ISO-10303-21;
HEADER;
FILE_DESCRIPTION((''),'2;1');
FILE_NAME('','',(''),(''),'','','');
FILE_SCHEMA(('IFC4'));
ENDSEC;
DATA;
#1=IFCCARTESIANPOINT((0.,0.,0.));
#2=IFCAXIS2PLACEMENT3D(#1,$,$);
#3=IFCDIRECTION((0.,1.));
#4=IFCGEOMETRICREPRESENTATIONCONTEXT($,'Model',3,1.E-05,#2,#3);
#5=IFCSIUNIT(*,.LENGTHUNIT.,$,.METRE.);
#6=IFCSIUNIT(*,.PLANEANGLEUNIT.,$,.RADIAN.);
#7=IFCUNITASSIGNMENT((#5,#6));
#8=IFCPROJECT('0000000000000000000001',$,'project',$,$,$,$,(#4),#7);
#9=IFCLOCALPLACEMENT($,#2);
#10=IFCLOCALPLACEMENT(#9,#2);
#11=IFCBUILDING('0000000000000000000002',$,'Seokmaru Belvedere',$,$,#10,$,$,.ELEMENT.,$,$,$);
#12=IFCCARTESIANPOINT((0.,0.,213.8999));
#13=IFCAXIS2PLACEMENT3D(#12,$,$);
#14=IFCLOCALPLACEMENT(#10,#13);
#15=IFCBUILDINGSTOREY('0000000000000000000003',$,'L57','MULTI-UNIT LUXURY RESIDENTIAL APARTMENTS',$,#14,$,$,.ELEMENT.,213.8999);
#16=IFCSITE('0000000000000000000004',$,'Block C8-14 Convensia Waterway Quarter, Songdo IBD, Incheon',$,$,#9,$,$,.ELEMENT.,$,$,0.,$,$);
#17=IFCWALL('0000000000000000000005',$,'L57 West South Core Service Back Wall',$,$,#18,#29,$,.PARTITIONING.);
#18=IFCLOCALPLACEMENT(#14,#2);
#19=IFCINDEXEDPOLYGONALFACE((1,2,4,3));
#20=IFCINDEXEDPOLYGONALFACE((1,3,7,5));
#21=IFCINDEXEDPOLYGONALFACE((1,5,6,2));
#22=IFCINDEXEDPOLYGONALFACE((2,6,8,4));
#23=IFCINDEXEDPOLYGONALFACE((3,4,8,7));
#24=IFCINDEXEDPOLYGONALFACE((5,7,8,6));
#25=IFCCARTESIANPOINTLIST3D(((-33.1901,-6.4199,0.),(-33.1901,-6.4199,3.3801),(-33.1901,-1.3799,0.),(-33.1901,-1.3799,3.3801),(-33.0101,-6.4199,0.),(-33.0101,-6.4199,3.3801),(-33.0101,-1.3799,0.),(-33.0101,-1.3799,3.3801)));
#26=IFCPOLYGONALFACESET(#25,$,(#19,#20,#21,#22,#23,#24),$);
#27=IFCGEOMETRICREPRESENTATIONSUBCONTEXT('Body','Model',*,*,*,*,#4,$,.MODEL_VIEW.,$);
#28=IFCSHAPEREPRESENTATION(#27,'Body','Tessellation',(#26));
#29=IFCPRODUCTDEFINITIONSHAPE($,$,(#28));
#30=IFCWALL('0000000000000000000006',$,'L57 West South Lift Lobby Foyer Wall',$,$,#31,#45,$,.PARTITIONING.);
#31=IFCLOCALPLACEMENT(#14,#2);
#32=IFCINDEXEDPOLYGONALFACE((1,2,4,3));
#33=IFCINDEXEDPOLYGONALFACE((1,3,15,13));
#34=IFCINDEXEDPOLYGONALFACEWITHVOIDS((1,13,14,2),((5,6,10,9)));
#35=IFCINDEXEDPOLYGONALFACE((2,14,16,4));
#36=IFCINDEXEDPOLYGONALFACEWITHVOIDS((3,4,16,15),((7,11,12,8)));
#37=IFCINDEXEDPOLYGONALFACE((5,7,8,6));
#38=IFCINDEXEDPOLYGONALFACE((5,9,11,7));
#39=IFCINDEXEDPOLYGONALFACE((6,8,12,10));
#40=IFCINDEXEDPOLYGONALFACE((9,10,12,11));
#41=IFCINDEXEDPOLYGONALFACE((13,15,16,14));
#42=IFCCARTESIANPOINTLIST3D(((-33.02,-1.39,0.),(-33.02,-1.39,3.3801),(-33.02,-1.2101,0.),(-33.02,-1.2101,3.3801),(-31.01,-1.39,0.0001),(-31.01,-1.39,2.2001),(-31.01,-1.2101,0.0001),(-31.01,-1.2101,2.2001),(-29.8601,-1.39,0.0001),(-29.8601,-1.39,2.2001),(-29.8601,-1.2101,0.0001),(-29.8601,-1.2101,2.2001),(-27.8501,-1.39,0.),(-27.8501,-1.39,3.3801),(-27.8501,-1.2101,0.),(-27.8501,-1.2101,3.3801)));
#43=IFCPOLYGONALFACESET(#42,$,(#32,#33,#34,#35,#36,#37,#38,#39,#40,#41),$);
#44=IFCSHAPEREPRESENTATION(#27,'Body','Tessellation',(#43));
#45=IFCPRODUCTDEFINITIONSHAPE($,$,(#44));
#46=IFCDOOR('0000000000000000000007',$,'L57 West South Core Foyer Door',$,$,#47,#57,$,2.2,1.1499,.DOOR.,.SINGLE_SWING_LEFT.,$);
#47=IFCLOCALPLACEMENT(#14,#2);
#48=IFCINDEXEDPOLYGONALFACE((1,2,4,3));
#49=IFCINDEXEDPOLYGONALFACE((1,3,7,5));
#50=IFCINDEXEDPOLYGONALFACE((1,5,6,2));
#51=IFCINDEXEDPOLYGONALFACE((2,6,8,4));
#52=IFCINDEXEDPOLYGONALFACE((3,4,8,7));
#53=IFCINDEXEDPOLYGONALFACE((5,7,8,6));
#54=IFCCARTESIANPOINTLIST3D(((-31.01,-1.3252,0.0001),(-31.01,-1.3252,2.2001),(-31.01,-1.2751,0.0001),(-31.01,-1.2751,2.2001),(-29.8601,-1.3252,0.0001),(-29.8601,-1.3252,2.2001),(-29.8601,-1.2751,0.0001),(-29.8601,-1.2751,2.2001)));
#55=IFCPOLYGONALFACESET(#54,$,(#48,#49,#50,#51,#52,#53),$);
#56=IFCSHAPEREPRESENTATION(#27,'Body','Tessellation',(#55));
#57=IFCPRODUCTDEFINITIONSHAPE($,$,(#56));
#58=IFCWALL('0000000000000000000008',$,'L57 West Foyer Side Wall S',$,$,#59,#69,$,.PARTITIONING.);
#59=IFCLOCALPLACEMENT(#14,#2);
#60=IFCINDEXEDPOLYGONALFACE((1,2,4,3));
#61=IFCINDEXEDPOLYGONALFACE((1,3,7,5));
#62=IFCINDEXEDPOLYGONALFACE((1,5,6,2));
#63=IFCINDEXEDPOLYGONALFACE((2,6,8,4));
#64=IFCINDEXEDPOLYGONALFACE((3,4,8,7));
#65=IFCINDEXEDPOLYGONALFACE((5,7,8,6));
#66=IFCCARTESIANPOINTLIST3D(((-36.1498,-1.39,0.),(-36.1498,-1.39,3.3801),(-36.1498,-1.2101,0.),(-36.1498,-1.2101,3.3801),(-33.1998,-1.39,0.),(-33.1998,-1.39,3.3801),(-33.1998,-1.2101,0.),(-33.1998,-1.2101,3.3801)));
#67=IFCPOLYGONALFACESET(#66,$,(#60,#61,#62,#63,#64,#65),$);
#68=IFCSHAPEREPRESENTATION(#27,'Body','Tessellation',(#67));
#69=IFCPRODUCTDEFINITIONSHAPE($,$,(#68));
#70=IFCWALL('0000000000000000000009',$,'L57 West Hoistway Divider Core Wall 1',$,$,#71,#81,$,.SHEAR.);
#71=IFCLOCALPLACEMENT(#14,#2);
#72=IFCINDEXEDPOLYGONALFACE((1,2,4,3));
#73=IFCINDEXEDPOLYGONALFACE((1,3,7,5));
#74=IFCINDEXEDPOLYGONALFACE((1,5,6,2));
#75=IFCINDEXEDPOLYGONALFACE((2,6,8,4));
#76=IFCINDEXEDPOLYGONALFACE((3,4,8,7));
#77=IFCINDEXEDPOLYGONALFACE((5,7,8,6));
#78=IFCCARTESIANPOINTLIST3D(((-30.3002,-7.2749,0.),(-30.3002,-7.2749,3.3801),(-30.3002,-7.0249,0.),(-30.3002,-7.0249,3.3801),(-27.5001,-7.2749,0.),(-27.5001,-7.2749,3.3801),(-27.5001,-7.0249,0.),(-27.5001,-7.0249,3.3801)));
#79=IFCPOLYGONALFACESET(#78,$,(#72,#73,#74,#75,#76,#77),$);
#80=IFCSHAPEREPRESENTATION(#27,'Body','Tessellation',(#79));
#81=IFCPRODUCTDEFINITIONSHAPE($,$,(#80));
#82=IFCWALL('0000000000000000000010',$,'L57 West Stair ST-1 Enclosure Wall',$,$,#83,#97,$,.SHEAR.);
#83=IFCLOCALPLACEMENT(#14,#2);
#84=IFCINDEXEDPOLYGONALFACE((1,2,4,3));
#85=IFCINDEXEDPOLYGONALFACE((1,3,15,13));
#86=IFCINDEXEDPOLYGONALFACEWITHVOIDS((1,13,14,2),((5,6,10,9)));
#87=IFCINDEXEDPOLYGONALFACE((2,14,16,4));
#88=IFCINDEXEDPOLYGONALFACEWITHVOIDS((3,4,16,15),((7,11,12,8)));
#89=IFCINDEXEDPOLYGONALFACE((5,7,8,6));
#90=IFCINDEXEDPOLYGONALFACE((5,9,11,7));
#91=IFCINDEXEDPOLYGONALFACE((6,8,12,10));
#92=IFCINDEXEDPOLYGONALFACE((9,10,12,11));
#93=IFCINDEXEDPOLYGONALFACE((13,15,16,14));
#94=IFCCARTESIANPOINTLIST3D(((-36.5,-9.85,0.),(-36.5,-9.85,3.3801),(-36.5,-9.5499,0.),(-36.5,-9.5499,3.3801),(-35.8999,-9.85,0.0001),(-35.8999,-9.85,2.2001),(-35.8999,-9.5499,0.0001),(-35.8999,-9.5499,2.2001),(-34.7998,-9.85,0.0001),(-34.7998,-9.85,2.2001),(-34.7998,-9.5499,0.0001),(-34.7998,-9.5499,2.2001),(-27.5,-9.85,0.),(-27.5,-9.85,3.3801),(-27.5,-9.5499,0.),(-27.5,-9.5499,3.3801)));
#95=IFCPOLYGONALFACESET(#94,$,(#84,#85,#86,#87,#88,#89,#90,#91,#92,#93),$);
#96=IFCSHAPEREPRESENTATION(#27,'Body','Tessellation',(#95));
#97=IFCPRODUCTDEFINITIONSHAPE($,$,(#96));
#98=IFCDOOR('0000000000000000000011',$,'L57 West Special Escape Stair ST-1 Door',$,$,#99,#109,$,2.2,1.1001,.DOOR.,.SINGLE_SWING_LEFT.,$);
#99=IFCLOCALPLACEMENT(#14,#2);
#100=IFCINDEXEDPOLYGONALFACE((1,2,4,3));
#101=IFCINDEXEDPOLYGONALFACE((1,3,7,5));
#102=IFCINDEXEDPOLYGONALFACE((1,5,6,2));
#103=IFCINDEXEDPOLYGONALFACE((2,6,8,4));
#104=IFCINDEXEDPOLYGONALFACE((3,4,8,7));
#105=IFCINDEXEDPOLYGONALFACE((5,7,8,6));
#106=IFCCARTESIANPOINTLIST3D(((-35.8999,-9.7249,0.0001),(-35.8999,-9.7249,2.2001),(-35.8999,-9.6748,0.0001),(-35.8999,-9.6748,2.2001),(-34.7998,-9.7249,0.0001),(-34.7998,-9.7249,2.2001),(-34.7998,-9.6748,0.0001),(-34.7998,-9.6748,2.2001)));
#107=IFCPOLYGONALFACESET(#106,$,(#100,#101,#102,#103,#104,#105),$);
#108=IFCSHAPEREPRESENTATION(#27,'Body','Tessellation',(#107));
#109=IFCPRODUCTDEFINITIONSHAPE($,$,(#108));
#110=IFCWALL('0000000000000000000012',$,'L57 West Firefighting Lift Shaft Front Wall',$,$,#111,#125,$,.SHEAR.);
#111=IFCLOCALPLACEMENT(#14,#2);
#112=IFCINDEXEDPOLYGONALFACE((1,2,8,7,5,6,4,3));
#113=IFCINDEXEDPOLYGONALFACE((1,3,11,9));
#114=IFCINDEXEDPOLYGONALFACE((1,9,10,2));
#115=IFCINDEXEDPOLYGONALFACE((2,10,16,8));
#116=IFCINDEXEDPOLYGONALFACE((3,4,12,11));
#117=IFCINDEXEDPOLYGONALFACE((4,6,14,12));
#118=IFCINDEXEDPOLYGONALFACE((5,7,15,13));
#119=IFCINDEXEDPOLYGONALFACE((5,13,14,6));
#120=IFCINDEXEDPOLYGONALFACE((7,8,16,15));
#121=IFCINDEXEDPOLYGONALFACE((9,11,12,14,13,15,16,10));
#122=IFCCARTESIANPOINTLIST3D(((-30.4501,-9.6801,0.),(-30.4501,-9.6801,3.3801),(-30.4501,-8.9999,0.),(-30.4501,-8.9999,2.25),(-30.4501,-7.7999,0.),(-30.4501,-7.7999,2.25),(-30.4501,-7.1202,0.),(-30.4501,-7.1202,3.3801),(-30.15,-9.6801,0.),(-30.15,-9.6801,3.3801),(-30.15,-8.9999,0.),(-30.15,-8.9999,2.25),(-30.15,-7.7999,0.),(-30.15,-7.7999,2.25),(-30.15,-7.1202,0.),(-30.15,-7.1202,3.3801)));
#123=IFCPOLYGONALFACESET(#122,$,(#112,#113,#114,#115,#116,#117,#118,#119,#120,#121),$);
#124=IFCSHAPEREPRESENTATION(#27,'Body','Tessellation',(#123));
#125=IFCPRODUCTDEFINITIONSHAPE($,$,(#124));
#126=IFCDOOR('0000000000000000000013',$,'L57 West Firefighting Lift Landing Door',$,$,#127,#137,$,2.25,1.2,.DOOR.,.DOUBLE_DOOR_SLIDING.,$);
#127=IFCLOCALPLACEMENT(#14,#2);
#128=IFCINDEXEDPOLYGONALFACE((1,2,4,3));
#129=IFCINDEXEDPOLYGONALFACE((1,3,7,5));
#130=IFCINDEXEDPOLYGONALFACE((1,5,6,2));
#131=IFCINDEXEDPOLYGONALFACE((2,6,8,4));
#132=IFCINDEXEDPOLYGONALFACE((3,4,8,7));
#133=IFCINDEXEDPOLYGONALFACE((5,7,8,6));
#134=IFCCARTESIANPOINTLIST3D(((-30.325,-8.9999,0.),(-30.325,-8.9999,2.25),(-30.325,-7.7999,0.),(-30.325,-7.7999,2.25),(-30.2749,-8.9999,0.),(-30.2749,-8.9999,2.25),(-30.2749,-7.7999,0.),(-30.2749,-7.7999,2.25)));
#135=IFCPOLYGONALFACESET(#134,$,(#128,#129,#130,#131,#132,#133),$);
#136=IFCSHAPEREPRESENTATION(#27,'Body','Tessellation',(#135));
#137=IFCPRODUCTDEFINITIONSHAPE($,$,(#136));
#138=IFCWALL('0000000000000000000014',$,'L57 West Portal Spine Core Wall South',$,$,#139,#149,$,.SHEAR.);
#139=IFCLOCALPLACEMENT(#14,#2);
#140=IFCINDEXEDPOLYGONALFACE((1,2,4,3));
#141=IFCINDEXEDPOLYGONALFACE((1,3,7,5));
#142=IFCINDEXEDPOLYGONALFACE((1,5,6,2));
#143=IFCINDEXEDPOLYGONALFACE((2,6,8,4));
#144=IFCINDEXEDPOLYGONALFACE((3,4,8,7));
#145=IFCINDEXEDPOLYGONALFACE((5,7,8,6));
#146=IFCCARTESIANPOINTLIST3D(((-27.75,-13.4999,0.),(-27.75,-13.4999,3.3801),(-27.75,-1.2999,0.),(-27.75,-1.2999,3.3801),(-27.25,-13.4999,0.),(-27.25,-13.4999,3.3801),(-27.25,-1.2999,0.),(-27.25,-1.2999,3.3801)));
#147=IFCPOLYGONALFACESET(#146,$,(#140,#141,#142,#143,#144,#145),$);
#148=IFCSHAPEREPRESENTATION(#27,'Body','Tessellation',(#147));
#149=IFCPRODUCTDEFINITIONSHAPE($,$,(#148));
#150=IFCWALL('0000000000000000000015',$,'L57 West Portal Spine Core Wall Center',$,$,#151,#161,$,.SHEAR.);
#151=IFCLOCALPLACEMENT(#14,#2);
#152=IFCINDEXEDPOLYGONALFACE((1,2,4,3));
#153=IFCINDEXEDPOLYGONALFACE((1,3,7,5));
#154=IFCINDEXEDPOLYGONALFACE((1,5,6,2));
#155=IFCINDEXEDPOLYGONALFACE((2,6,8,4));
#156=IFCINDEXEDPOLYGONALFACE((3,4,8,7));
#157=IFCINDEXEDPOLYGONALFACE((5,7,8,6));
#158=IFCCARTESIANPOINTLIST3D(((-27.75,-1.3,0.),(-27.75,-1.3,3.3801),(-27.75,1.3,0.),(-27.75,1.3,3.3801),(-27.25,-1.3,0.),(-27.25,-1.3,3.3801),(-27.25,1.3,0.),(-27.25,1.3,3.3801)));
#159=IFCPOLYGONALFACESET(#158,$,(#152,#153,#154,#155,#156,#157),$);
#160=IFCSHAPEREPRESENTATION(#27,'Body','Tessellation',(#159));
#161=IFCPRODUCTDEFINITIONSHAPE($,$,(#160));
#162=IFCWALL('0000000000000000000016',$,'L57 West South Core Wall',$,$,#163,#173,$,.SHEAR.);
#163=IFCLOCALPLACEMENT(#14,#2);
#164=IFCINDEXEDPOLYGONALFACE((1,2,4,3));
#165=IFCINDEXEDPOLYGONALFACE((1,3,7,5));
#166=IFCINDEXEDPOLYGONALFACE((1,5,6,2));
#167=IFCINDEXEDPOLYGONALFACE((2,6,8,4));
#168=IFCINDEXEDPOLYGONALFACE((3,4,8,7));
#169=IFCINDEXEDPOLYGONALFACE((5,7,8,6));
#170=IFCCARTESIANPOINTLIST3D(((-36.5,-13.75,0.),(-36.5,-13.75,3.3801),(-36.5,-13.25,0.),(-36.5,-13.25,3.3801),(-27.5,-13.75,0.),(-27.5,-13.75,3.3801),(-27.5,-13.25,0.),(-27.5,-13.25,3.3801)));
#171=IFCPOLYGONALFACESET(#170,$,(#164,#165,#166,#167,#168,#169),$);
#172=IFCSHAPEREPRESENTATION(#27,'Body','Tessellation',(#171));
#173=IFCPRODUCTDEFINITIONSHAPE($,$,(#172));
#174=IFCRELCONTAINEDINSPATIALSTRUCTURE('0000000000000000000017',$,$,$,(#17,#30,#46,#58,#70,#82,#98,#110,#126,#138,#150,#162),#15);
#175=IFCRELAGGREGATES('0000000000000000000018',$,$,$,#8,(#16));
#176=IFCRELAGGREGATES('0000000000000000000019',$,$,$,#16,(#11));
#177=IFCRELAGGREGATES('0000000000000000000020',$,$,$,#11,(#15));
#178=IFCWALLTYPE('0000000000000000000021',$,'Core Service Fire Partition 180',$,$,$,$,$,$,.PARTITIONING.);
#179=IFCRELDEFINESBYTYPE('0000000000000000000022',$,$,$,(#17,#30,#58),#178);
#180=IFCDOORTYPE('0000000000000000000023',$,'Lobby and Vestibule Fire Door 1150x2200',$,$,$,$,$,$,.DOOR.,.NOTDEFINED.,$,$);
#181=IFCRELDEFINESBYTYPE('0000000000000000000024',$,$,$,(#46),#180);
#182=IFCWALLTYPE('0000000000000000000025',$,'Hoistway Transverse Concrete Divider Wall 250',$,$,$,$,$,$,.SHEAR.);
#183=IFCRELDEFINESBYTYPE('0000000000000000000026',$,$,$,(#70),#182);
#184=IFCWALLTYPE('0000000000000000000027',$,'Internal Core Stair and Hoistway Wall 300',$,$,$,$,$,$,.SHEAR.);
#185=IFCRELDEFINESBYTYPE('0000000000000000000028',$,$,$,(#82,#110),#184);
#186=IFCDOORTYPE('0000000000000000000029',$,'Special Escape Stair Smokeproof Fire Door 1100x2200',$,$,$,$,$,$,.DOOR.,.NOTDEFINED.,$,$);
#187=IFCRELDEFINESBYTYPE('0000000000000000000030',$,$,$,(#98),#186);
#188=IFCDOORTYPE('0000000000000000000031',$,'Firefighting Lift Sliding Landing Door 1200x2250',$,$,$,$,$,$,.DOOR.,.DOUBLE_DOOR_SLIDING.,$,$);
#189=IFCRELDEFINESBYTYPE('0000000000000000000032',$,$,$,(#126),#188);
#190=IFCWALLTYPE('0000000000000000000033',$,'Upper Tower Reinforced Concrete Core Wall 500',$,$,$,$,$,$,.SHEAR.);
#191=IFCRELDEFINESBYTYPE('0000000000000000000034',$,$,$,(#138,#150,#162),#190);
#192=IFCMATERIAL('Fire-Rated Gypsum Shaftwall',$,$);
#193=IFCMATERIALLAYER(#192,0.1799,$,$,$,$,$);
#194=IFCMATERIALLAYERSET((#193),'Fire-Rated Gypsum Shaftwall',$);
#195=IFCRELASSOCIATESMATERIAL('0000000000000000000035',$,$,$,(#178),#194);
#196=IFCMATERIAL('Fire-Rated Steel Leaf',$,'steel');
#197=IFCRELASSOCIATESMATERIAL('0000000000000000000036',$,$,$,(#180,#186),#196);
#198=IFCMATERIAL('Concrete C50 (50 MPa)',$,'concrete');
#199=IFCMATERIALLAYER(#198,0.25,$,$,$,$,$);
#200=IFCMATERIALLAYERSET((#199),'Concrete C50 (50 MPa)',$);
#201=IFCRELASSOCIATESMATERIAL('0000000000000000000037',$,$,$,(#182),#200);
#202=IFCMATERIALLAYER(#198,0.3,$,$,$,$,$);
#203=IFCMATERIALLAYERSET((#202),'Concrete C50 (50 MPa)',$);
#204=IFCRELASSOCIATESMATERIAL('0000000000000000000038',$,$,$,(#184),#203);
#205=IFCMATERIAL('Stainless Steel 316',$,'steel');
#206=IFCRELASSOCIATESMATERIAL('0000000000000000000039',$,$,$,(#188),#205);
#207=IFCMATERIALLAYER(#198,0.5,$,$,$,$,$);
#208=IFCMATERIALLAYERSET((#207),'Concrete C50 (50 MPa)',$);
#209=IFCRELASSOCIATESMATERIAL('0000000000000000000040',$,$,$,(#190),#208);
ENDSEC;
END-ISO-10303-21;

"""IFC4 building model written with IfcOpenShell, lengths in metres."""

from ifc_helpers import new_model, si_unit, direction, frame, frame_2d, origin, place, context, subcontext, project, spatial, rectangle, extrude, source, transform, mapped, material, layer, layer_set, type_object, type_shapes, element, fill, save


model = new_model("IFC4")

# Units and contexts
model_context = context("Model", 3, precision=1e-05, world=origin(), true_north=direction((0.0, 1.0)))
body_context = subcontext(model_context, "Body", "Model", "MODEL_VIEW")
ifc_project = project(units=[si_unit("LENGTHUNIT", "METRE"), si_unit("PLANEANGLEUNIT", "RADIAN")], contexts=[model_context])

# Site, building, storey
site_placement = place(None, origin())
site = spatial("IfcSite", under=ifc_project, at=site_placement, Name="Block C8-14 Convensia Waterway Quarter, Songdo IBD, Incheon", CompositionType="ELEMENT", RefElevation=0.0)
building_placement = place(site_placement, origin())
building = spatial("IfcBuilding", under=site, at=building_placement, Name="Seokmaru Belvedere", CompositionType="ELEMENT")
storey_placement = place(building_placement, frame((0.0, 0.0, 213.8999)))
storey = spatial("IfcBuildingStorey", under=building, at=storey_placement, Name="L57", Description="MULTI-UNIT LUXURY RESIDENTIAL APARTMENTS", CompositionType="ELEMENT", Elevation=213.8999)

# Wall
ifc_material_1 = material(Name="Fire-Rated Gypsum Shaftwall")
ifc_layer_1 = layer(ifc_material_1, 0.1799)
ifc_layer_set_1 = layer_set([ifc_layer_1], Name="Fire-Rated Gypsum Shaftwall")
wall_type_1 = type_object("IfcWallType", Name="Core Service Fire Partition 180", PredefinedType="PARTITIONING", material=ifc_layer_set_1)
wall_1_placement = place(storey_placement, frame((-33.1001, -6.4199, 0.0), z_axis=(0.0, 0.0, 1.0), x_axis=(0.0, 1.0, 0.0)))
element("IfcWall", 1, at=wall_1_placement, inside=storey, type_object=wall_type_1, Name="L57 West South Core Service Back Wall", PredefinedType="PARTITIONING", context=body_context, shape_type="SweptSolid", body=[
    extrude(rectangle(XDim=5.04, YDim=0.1799, at=frame_2d((2.52, 0.0))), origin(), (0.0, 0.0, 1.0), 3.3801),
])

# Wall, opening, door
wall_2_placement = place(storey_placement, frame((-33.02, -1.3, 0.0), z_axis=(0.0, 0.0, 1.0), x_axis=(1.0, 0.0, 0.0)))
wall_2 = element("IfcWall", 2, at=wall_2_placement, inside=storey, type_object=wall_type_1, Name="L57 West South Lift Lobby Foyer Wall", PredefinedType="PARTITIONING", context=body_context, shape_type="SweptSolid", body=[
    extrude(rectangle(XDim=5.1699, YDim=0.1799, at=frame_2d((2.585, 0.0))), origin(), (0.0, 0.0, 1.0), 3.3801),
])
opening_1_placement = place(wall_2_placement, frame((2.01, 0.0, 0.0)))
opening_1 = element("IfcOpeningElement", 3, at=opening_1_placement, cuts=wall_2, PredefinedType="OPENING", context=body_context, shape_type="SweptSolid", body=[
    extrude(rectangle(XDim=1.1499, YDim=2.2, at=frame_2d((0.575, 1.1001))), frame((0.0, 0.1001, 0.0), z_axis=(0.0, -1.0, 0.0), x_axis=(1.0, 0.0, 0.0)), (0.0, 0.0, 1.0), 0.2),
])
ifc_material_2 = material(Name="Fire-Rated Steel Leaf", Category="steel")
door_type_1 = type_object("IfcDoorType", Name="Lobby and Vestibule Fire Door 1150x2200", OperationType="NOTDEFINED", PredefinedType="DOOR", material=ifc_material_2)
shared_shape_1 = source(origin(), body_context, "Body", "SweptSolid", [
    extrude(rectangle(XDim=1.1499, YDim=2.2, at=frame_2d((0.575, 1.1001))), frame((0.0, 0.0249, 0.0), z_axis=(0.0, -1.0, 0.0), x_axis=(1.0, 0.0, 0.0)), (0.0, 0.0, 1.0), 0.05),
])
type_shapes(door_type_1, [shared_shape_1])
door_1_placement = place(opening_1_placement, origin())
door_1 = element("IfcDoor", 4, at=door_1_placement, inside=storey, type_object=door_type_1, Name="L57 West South Core Foyer Door", OperationType="SINGLE_SWING_LEFT", OverallHeight=2.2, OverallWidth=1.1499, PredefinedType="DOOR", context=body_context, shape_type="MappedRepresentation", body=[
    mapped(shared_shape_1, transform((0.0, 0.0, 0.0), scale=1.0)),
])
fill(opening_1, door_1)

# Walls
wall_3_placement = place(storey_placement, frame((-36.1499, -1.3, 0.0), z_axis=(0.0, 0.0, 1.0), x_axis=(1.0, 0.0, 0.0)))
element("IfcWall", 5, at=wall_3_placement, inside=storey, type_object=wall_type_1, Name="L57 West Foyer Side Wall S", PredefinedType="PARTITIONING", context=body_context, shape_type="SweptSolid", body=[
    extrude(rectangle(XDim=2.95, YDim=0.1799, at=frame_2d((1.4751, 0.0))), origin(), (0.0, 0.0, 1.0), 3.3801),
])
ifc_material_3 = material(Name="Concrete C50 (50 MPa)", Category="concrete")
ifc_layer_2 = layer(ifc_material_3, 0.25)
ifc_layer_set_2 = layer_set([ifc_layer_2], Name="Concrete C50 (50 MPa)")
wall_type_2 = type_object("IfcWallType", Name="Hoistway Transverse Concrete Divider Wall 250", PredefinedType="SHEAR", material=ifc_layer_set_2)
wall_4_placement = place(storey_placement, frame((-30.3, -7.1499, 0.0), z_axis=(0.0, 0.0, 1.0), x_axis=(1.0, 0.0, 0.0)))
element("IfcWall", 6, at=wall_4_placement, inside=storey, type_object=wall_type_2, Name="L57 West Hoistway Divider Core Wall 1", PredefinedType="SHEAR", context=body_context, shape_type="SweptSolid", body=[
    extrude(rectangle(XDim=2.8, YDim=0.25, at=frame_2d((1.3999, 0.0))), origin(), (0.0, 0.0, 1.0), 3.3801),
])

# Walls, openings, doors
ifc_layer_3 = layer(ifc_material_3, 0.3)
ifc_layer_set_3 = layer_set([ifc_layer_3], Name="Concrete C50 (50 MPa)")
wall_type_3 = type_object("IfcWallType", Name="Internal Core Stair and Hoistway Wall 300", PredefinedType="SHEAR", material=ifc_layer_set_3)
wall_5_placement = place(storey_placement, frame((-36.5, -9.7, 0.0), z_axis=(0.0, 0.0, 1.0), x_axis=(1.0, 0.0, 0.0)))
wall_5 = element("IfcWall", 7, at=wall_5_placement, inside=storey, type_object=wall_type_3, Name="L57 West Stair ST-1 Enclosure Wall", PredefinedType="SHEAR", context=body_context, shape_type="SweptSolid", body=[
    extrude(rectangle(XDim=9.0, YDim=0.3, at=frame_2d((4.5, 0.0))), origin(), (0.0, 0.0, 1.0), 3.3801),
])
opening_2_placement = place(wall_5_placement, frame((0.6001, 0.0, 0.0)))
opening_2 = element("IfcOpeningElement", 8, at=opening_2_placement, cuts=wall_5, PredefinedType="OPENING", context=body_context, shape_type="SweptSolid", body=[
    extrude(rectangle(XDim=1.1001, YDim=2.2, at=frame_2d((0.55, 1.1001))), frame((0.0, 0.1602, 0.0), z_axis=(0.0, -1.0, 0.0), x_axis=(1.0, 0.0, 0.0)), (0.0, 0.0, 1.0), 0.3201),
])
door_type_2 = type_object("IfcDoorType", Name="Special Escape Stair Smokeproof Fire Door 1100x2200", OperationType="NOTDEFINED", PredefinedType="DOOR", material=ifc_material_2)
shared_shape_2 = source(origin(), body_context, "Body", "SweptSolid", [
    extrude(rectangle(XDim=1.1001, YDim=2.2, at=frame_2d((0.55, 1.1001))), frame((0.0, 0.0249, 0.0), z_axis=(0.0, -1.0, 0.0), x_axis=(1.0, 0.0, 0.0)), (0.0, 0.0, 1.0), 0.05),
])
type_shapes(door_type_2, [shared_shape_2])
door_2_placement = place(opening_2_placement, frame((1.1001, 0.0, 0.0), z_axis=(0.0, 0.0, 1.0), x_axis=(-1.0, 0.0, 0.0)))
door_2 = element("IfcDoor", 9, at=door_2_placement, inside=storey, type_object=door_type_2, Name="L57 West Special Escape Stair ST-1 Door", OperationType="SINGLE_SWING_LEFT", OverallHeight=2.2, OverallWidth=1.1001, PredefinedType="DOOR", context=body_context, shape_type="MappedRepresentation", body=[
    mapped(shared_shape_2, transform((0.0, 0.0, 0.0), scale=1.0)),
])
fill(opening_2, door_2)
wall_6_placement = place(storey_placement, frame((-30.3, -9.6799, 0.0), z_axis=(0.0, 0.0, 1.0), x_axis=(0.0, 1.0, 0.0)))
wall_6 = element("IfcWall", 10, at=wall_6_placement, inside=storey, type_object=wall_type_3, Name="L57 West Firefighting Lift Shaft Front Wall", PredefinedType="SHEAR", context=body_context, shape_type="SweptSolid", body=[
    extrude(rectangle(XDim=2.5598, YDim=0.3, at=frame_2d((1.2798, 0.0))), origin(), (0.0, 0.0, 1.0), 3.3801),
])
opening_3_placement = place(wall_6_placement, frame((0.6799, 0.0, 0.0)))
opening_3 = element("IfcOpeningElement", 11, at=opening_3_placement, cuts=wall_6, PredefinedType="OPENING", context=body_context, shape_type="SweptSolid", body=[
    extrude(rectangle(XDim=1.2, YDim=2.25, at=frame_2d((0.6001, 1.125))), frame((0.0, 0.1602, 0.0), z_axis=(0.0, -1.0, 0.0), x_axis=(1.0, 0.0, 0.0)), (0.0, 0.0, 1.0), 0.3201),
])
ifc_material_4 = material(Name="Stainless Steel 316", Category="steel")
door_type_3 = type_object("IfcDoorType", Name="Firefighting Lift Sliding Landing Door 1200x2250", OperationType="DOUBLE_DOOR_SLIDING", PredefinedType="DOOR", material=ifc_material_4)
shared_shape_3 = source(origin(), body_context, "Body", "SweptSolid", [
    extrude(rectangle(XDim=1.2, YDim=2.25, at=frame_2d((0.6001, 1.125))), frame((0.0, 0.0249, 0.0), z_axis=(0.0, -1.0, 0.0), x_axis=(1.0, 0.0, 0.0)), (0.0, 0.0, 1.0), 0.05),
])
type_shapes(door_type_3, [shared_shape_3])
door_3_placement = place(opening_3_placement, origin())
door_3 = element("IfcDoor", 12, at=door_3_placement, inside=storey, type_object=door_type_3, Name="L57 West Firefighting Lift Landing Door", OperationType="DOUBLE_DOOR_SLIDING", OverallHeight=2.25, OverallWidth=1.2, PredefinedType="DOOR", context=body_context, shape_type="MappedRepresentation", body=[
    mapped(shared_shape_3, transform((0.0, 0.0, 0.0), scale=1.0)),
])
fill(opening_3, door_3)

# Walls
ifc_layer_4 = layer(ifc_material_3, 0.5)
ifc_layer_set_4 = layer_set([ifc_layer_4], Name="Concrete C50 (50 MPa)")
wall_type_4 = type_object("IfcWallType", Name="Upper Tower Reinforced Concrete Core Wall 500", PredefinedType="SHEAR", material=ifc_layer_set_4)
wall_7_placement = place(storey_placement, frame((-27.5, -13.5, 0.0), z_axis=(0.0, 0.0, 1.0), x_axis=(0.0, 1.0, 0.0)))
element("IfcWall", 13, at=wall_7_placement, inside=storey, type_object=wall_type_4, Name="L57 West Portal Spine Core Wall South", PredefinedType="SHEAR", context=body_context, shape_type="SweptSolid", body=[
    extrude(rectangle(XDim=12.2, YDim=0.5, at=frame_2d((6.1001, 0.0))), origin(), (0.0, 0.0, 1.0), 3.3801),
])
wall_8_placement = place(storey_placement, frame((-27.5, -1.3, 0.0), z_axis=(0.0, 0.0, 1.0), x_axis=(0.0, 1.0, 0.0)))
element("IfcWall", 14, at=wall_8_placement, inside=storey, type_object=wall_type_4, Name="L57 West Portal Spine Core Wall Center", PredefinedType="SHEAR", context=body_context, shape_type="SweptSolid", body=[
    extrude(rectangle(XDim=2.6001, YDim=0.5, at=frame_2d((1.3, 0.0))), origin(), (0.0, 0.0, 1.0), 3.3801),
])
wall_9_placement = place(storey_placement, frame((-36.5, -13.5, 0.0), z_axis=(0.0, 0.0, 1.0), x_axis=(1.0, 0.0, 0.0)))
element("IfcWall", 15, at=wall_9_placement, inside=storey, type_object=wall_type_4, Name="L57 West South Core Wall", PredefinedType="SHEAR", context=body_context, shape_type="SweptSolid", body=[
    extrude(rectangle(XDim=9.0, YDim=0.5, at=frame_2d((4.5, 0.0))), origin(), (0.0, 0.0, 1.0), 3.3801),
])

save(model, "model.ifc")
